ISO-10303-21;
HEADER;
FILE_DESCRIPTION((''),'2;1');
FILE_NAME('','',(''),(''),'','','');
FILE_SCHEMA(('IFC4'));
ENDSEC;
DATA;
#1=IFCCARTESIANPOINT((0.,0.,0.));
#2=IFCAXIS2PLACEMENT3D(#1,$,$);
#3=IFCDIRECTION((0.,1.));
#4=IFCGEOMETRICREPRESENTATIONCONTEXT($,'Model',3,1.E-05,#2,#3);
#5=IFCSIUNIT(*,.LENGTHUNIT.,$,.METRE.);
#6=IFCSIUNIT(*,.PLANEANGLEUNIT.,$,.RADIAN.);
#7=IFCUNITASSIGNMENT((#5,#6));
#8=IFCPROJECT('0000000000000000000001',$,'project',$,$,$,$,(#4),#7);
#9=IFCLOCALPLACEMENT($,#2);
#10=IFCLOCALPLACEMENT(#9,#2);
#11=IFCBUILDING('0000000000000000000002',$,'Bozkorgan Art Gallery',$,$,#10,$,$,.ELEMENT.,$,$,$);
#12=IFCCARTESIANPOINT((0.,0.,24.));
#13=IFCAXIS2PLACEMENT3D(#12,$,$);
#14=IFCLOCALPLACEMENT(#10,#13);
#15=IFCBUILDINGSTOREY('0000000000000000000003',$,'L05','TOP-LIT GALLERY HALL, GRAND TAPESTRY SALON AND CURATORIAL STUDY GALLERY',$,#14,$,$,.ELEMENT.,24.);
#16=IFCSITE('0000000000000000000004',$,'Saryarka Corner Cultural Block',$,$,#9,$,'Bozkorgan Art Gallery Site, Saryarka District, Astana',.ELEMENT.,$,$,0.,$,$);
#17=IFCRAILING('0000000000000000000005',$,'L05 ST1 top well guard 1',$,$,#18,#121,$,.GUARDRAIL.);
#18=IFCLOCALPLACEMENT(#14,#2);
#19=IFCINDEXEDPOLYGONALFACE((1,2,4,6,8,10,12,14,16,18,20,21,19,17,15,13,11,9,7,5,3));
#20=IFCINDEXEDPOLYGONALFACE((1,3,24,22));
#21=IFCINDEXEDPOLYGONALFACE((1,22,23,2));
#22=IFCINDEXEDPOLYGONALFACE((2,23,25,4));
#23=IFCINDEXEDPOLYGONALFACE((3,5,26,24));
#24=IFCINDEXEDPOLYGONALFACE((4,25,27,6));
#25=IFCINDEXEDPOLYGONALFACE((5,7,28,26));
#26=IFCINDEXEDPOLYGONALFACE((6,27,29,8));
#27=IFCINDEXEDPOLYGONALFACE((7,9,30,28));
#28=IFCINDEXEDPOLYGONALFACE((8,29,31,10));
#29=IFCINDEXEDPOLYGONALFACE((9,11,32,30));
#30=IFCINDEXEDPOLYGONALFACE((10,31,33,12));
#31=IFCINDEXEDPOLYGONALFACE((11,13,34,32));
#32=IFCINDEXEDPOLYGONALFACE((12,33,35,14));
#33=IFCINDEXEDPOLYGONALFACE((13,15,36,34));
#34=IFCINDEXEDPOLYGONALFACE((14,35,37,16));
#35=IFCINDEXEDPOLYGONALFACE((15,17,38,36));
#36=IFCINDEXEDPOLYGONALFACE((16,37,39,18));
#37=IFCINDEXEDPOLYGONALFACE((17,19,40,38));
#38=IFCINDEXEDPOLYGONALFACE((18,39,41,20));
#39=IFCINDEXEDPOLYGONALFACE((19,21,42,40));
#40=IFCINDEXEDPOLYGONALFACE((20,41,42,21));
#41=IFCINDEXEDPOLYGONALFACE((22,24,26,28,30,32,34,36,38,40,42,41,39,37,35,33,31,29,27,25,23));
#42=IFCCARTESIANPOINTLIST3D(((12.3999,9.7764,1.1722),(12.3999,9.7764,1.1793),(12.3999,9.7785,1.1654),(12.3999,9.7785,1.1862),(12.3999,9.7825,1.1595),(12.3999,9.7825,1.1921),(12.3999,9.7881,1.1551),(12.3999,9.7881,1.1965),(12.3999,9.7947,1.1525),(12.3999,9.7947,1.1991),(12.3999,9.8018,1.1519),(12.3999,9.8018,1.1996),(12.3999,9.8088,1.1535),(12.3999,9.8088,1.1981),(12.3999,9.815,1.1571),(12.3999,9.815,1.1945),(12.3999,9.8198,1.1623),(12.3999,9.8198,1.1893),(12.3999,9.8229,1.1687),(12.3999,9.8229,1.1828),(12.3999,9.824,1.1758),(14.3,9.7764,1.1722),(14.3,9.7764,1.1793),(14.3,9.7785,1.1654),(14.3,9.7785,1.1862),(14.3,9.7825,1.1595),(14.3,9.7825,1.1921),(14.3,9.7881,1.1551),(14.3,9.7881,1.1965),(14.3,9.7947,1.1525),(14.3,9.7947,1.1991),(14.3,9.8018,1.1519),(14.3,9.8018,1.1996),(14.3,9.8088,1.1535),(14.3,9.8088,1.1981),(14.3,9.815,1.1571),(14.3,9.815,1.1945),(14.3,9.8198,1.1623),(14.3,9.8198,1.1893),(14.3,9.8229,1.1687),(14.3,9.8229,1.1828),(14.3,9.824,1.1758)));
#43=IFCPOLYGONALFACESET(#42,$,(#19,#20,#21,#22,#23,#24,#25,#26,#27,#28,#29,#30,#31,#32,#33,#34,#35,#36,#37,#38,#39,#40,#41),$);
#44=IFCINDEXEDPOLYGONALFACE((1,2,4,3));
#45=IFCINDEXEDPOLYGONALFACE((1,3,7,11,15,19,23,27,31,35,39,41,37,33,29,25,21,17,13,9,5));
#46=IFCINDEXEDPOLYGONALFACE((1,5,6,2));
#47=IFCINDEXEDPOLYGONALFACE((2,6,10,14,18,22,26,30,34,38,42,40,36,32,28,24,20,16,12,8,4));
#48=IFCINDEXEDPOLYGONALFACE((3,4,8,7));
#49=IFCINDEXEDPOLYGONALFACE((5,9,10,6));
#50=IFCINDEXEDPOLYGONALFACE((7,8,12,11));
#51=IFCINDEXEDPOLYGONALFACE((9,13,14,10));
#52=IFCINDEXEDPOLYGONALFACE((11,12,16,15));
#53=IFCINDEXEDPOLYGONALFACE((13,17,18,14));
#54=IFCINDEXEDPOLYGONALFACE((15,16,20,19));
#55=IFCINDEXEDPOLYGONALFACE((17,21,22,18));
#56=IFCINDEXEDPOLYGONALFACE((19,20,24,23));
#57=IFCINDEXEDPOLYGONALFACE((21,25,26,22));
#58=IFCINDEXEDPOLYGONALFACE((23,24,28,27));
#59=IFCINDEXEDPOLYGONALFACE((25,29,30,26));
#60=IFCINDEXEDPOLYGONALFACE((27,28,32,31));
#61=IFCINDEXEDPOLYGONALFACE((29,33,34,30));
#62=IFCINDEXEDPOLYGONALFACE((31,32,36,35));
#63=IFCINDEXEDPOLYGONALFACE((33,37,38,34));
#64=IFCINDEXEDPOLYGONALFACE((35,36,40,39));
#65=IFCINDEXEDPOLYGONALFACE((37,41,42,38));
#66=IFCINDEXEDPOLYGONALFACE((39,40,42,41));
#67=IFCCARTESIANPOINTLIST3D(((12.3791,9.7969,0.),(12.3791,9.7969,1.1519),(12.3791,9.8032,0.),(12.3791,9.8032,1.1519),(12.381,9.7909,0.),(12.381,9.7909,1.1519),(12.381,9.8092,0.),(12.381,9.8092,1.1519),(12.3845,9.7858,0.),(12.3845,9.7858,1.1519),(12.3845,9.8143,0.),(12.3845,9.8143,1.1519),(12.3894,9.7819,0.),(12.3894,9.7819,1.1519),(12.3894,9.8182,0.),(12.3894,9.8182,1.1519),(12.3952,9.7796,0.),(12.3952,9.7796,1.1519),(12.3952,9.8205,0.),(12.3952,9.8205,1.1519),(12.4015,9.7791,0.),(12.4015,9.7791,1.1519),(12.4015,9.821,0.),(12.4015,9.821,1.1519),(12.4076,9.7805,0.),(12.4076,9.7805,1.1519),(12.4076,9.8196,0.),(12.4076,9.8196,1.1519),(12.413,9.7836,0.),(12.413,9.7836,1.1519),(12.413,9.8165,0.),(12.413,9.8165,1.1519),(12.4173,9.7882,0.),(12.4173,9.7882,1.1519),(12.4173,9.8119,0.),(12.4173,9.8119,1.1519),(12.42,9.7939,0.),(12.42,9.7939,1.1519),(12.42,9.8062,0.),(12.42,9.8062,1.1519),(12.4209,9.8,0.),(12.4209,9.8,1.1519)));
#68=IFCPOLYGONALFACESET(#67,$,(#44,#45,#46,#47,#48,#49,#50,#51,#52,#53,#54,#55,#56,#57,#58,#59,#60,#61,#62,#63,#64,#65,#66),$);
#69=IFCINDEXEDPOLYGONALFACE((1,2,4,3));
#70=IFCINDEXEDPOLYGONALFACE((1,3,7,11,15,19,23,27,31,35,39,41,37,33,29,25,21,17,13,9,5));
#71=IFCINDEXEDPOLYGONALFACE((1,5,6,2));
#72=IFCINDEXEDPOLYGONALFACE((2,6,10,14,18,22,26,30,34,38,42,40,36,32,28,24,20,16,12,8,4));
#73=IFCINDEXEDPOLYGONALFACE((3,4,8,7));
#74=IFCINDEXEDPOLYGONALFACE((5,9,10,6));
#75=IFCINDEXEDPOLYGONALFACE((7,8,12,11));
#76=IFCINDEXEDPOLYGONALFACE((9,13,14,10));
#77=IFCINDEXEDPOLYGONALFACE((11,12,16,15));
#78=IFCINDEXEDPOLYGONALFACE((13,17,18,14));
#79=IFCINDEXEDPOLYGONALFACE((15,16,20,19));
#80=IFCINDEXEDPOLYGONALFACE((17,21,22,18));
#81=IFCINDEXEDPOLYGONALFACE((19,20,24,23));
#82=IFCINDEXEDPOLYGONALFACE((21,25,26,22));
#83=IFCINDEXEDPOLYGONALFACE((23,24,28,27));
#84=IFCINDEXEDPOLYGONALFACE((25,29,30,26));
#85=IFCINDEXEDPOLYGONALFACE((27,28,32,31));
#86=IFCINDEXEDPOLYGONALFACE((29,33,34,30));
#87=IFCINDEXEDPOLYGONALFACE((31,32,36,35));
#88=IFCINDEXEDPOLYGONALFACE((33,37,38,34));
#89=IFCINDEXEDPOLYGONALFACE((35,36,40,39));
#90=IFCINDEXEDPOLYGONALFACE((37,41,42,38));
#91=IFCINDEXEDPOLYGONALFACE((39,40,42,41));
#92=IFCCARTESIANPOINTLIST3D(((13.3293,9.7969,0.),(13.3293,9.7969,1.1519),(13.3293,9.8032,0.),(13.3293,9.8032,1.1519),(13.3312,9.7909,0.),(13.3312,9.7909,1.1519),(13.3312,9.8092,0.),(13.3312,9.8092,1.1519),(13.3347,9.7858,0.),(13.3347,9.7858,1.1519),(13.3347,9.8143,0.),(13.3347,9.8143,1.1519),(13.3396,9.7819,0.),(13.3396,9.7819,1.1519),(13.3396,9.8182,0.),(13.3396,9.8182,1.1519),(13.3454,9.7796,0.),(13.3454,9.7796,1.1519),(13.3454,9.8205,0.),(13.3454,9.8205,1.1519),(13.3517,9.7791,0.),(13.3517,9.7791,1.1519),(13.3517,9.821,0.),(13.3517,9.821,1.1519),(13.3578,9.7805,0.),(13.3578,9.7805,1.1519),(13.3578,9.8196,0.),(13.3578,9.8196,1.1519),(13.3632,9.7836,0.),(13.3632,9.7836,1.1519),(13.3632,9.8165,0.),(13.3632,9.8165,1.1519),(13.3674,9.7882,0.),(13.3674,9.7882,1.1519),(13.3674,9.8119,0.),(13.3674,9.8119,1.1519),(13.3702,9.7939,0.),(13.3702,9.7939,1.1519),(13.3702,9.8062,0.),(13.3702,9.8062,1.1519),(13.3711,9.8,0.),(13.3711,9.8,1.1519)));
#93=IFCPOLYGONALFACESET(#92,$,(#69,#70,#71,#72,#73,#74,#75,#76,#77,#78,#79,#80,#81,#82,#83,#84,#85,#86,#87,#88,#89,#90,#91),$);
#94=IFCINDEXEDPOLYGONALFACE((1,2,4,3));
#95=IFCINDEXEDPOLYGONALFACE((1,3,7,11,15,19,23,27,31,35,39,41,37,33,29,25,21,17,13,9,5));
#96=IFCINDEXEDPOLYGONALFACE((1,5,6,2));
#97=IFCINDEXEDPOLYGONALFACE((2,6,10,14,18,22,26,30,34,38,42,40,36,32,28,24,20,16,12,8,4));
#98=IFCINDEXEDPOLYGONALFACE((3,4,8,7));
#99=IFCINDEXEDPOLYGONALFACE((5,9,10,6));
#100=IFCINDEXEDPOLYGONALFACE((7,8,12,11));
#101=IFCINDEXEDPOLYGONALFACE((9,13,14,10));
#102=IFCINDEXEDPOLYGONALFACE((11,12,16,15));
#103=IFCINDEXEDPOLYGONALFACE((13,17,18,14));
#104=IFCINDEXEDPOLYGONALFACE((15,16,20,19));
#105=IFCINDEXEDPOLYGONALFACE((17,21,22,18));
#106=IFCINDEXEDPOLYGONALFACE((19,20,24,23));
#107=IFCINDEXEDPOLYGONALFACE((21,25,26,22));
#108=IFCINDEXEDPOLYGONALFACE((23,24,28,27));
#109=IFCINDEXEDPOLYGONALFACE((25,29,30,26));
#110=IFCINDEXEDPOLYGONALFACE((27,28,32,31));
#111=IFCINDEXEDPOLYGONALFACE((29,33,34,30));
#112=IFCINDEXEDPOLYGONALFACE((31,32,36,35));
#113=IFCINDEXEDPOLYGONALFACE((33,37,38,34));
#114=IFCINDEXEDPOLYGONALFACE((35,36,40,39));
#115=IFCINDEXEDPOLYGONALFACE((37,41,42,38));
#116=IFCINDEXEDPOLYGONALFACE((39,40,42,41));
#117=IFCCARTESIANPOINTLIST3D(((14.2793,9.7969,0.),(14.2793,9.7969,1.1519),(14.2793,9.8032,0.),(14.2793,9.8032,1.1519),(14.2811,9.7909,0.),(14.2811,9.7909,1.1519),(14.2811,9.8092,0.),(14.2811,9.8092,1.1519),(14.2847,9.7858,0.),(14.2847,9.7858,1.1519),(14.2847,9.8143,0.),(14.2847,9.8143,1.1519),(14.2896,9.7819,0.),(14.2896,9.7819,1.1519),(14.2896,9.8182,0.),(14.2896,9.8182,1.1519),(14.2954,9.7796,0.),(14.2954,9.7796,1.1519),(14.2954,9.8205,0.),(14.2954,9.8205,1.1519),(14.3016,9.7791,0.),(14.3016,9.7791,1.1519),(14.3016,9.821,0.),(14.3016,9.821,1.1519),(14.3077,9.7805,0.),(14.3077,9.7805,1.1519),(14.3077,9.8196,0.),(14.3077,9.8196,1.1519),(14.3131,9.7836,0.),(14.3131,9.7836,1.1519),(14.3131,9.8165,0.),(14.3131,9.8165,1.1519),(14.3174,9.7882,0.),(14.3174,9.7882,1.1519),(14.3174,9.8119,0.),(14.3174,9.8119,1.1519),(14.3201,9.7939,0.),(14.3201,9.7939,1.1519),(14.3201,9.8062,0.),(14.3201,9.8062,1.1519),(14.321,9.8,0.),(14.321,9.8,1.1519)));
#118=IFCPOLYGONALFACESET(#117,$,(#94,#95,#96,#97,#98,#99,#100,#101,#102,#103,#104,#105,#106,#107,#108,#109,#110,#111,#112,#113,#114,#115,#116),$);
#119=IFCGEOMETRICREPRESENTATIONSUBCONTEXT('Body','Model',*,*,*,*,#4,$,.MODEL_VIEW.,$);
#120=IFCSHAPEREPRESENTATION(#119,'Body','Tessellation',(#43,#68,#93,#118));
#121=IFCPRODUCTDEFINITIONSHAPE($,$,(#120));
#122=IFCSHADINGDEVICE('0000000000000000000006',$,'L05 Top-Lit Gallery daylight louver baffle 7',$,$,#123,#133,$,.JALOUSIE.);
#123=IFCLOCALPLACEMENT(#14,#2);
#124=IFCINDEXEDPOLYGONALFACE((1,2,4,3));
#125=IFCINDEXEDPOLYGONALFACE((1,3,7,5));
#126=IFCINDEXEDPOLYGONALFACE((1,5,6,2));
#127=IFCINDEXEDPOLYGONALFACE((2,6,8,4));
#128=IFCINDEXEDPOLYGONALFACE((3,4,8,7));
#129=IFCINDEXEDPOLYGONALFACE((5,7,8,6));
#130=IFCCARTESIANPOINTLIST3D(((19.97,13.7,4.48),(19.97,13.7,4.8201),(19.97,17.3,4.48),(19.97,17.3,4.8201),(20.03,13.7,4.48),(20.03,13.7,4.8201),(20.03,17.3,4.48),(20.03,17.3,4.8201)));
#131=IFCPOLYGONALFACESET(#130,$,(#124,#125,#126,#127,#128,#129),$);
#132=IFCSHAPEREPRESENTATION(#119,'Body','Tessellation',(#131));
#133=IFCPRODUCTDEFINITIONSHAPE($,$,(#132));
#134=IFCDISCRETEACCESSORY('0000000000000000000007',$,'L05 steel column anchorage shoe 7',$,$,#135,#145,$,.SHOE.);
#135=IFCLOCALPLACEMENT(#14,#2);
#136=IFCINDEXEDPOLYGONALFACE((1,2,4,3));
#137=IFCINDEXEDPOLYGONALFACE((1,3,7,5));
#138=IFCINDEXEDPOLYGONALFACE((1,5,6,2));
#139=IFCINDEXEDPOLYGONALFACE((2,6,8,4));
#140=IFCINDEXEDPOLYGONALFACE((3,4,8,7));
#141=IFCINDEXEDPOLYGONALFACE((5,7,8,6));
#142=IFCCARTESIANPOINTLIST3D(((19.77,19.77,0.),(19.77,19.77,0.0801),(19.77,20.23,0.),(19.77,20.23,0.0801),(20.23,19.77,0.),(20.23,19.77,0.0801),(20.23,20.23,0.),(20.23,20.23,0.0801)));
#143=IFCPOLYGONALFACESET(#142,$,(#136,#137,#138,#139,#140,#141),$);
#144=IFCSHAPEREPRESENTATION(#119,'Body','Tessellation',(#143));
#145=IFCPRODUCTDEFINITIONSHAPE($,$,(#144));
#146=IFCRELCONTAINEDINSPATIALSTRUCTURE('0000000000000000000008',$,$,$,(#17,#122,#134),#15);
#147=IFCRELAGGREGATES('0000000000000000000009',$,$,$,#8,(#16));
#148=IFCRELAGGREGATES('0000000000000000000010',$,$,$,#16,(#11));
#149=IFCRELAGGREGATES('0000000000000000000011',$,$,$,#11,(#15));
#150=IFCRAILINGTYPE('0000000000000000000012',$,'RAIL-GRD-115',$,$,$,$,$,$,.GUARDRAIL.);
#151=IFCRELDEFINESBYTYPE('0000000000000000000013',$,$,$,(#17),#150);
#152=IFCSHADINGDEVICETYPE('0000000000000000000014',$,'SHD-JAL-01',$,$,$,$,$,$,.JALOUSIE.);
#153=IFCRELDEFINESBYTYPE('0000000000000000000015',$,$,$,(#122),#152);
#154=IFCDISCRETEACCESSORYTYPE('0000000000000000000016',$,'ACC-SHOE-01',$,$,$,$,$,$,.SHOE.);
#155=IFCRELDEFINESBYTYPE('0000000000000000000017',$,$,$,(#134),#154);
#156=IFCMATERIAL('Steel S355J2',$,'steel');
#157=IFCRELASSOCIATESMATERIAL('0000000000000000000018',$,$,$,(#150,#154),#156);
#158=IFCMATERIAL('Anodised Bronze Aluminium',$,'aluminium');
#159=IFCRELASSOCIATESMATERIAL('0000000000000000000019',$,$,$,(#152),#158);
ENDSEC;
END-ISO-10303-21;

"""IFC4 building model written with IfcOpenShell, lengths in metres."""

from ifc_helpers import new_model, si_unit, direction, frame, origin, origin_2d, place, context, subcontext, project, spatial, rectangle, circle, extrude, material, type_object, element, save


model = new_model("IFC4")

# Units and contexts
model_context = context("Model", 3, precision=1e-05, world=origin(), true_north=direction((0.0, 1.0)))
body_context = subcontext(model_context, "Body", "Model", "MODEL_VIEW")
ifc_project = project(units=[si_unit("LENGTHUNIT", "METRE"), si_unit("PLANEANGLEUNIT", "RADIAN")], contexts=[model_context])

# Site, building, storey
site_placement = place(None, origin())
site = spatial("IfcSite", under=ifc_project, at=site_placement, Name="Saryarka Corner Cultural Block", LongName="Bozkorgan Art Gallery Site, Saryarka District, Astana", CompositionType="ELEMENT", RefElevation=0.0)
building_placement = place(site_placement, origin())
building = spatial("IfcBuilding", under=site, at=building_placement, Name="Bozkorgan Art Gallery", CompositionType="ELEMENT")
storey_placement = place(building_placement, frame((0.0, 0.0, 24.0)))
storey = spatial("IfcBuildingStorey", under=building, at=storey_placement, Name="L05", Description="TOP-LIT GALLERY HALL, GRAND TAPESTRY SALON AND CURATORIAL STUDY GALLERY", CompositionType="ELEMENT", Elevation=24.0)

# Shared definitions
ifc_material_1 = material(Name="Steel S355J2", Category="steel")

# Shared definitions
ifc_material_2 = material(Name="Anodised Bronze Aluminium", Category="aluminium")

# Railing
railing_type = type_object("IfcRailingType", Name="RAIL-GRD-115", PredefinedType="GUARDRAIL", material=ifc_material_1)
railing_placement = place(storey_placement, frame((12.3999, 9.8, 0.0)))
element("IfcRailing", 1, at=railing_placement, inside=storey, type_object=railing_type, Name="L05 ST1 top well guard 1", PredefinedType="GUARDRAIL", context=body_context, shape_type="SweptSolid", body=[
    extrude(circle(Radius=0.0239, at=origin_2d()), frame((0.0, 0.0, 1.1758), z_axis=(1.0, 0.0, 0.0), x_axis=(0.0, 1.0, 0.0)), (0.0, 0.0, 1.0), 1.9001),
    extrude(circle(Radius=0.021, at=origin_2d()), origin(), (0.0, 0.0, 1.0), 1.1519),
    extrude(circle(Radius=0.021, at=origin_2d()), frame((0.9502, 0.0, 0.0)), (0.0, 0.0, 1.0), 1.1519),
    extrude(circle(Radius=0.021, at=origin_2d()), frame((1.9001, 0.0, 0.0)), (0.0, 0.0, 1.0), 1.1519),
])

# Shading device
shading_device_type = type_object("IfcShadingDeviceType", Name="SHD-JAL-01", PredefinedType="JALOUSIE", material=ifc_material_2)
shading_device_placement = place(storey_placement, frame((20.0, 15.5, 4.48), z_axis=(0.0, 0.0, 1.0), x_axis=(1.0, 0.0, 0.0)))
element("IfcShadingDevice", 2, at=shading_device_placement, inside=storey, type_object=shading_device_type, Name="L05 Top-Lit Gallery daylight louver baffle 7", PredefinedType="JALOUSIE", context=body_context, shape_type="SweptSolid", body=[
    extrude(rectangle(XDim=0.0601, YDim=3.6001, at=origin_2d()), origin(), (0.0, 0.0, 1.0), 0.3401),
])

# Discrete accessory
discrete_accessory_type = type_object("IfcDiscreteAccessoryType", Name="ACC-SHOE-01", PredefinedType="SHOE", material=ifc_material_1)
discrete_accessory_placement = place(storey_placement, frame((20.0, 20.0, 0.0), z_axis=(0.0, 0.0, 1.0), x_axis=(1.0, 0.0, 0.0)))
element("IfcDiscreteAccessory", 3, at=discrete_accessory_placement, inside=storey, type_object=discrete_accessory_type, Name="L05 steel column anchorage shoe 7", PredefinedType="SHOE", context=body_context, shape_type="SweptSolid", body=[
    extrude(rectangle(XDim=0.46, YDim=0.46, at=origin_2d()), origin(), (0.0, 0.0, 1.0), 0.0801),
])

save(model, "model.ifc")
